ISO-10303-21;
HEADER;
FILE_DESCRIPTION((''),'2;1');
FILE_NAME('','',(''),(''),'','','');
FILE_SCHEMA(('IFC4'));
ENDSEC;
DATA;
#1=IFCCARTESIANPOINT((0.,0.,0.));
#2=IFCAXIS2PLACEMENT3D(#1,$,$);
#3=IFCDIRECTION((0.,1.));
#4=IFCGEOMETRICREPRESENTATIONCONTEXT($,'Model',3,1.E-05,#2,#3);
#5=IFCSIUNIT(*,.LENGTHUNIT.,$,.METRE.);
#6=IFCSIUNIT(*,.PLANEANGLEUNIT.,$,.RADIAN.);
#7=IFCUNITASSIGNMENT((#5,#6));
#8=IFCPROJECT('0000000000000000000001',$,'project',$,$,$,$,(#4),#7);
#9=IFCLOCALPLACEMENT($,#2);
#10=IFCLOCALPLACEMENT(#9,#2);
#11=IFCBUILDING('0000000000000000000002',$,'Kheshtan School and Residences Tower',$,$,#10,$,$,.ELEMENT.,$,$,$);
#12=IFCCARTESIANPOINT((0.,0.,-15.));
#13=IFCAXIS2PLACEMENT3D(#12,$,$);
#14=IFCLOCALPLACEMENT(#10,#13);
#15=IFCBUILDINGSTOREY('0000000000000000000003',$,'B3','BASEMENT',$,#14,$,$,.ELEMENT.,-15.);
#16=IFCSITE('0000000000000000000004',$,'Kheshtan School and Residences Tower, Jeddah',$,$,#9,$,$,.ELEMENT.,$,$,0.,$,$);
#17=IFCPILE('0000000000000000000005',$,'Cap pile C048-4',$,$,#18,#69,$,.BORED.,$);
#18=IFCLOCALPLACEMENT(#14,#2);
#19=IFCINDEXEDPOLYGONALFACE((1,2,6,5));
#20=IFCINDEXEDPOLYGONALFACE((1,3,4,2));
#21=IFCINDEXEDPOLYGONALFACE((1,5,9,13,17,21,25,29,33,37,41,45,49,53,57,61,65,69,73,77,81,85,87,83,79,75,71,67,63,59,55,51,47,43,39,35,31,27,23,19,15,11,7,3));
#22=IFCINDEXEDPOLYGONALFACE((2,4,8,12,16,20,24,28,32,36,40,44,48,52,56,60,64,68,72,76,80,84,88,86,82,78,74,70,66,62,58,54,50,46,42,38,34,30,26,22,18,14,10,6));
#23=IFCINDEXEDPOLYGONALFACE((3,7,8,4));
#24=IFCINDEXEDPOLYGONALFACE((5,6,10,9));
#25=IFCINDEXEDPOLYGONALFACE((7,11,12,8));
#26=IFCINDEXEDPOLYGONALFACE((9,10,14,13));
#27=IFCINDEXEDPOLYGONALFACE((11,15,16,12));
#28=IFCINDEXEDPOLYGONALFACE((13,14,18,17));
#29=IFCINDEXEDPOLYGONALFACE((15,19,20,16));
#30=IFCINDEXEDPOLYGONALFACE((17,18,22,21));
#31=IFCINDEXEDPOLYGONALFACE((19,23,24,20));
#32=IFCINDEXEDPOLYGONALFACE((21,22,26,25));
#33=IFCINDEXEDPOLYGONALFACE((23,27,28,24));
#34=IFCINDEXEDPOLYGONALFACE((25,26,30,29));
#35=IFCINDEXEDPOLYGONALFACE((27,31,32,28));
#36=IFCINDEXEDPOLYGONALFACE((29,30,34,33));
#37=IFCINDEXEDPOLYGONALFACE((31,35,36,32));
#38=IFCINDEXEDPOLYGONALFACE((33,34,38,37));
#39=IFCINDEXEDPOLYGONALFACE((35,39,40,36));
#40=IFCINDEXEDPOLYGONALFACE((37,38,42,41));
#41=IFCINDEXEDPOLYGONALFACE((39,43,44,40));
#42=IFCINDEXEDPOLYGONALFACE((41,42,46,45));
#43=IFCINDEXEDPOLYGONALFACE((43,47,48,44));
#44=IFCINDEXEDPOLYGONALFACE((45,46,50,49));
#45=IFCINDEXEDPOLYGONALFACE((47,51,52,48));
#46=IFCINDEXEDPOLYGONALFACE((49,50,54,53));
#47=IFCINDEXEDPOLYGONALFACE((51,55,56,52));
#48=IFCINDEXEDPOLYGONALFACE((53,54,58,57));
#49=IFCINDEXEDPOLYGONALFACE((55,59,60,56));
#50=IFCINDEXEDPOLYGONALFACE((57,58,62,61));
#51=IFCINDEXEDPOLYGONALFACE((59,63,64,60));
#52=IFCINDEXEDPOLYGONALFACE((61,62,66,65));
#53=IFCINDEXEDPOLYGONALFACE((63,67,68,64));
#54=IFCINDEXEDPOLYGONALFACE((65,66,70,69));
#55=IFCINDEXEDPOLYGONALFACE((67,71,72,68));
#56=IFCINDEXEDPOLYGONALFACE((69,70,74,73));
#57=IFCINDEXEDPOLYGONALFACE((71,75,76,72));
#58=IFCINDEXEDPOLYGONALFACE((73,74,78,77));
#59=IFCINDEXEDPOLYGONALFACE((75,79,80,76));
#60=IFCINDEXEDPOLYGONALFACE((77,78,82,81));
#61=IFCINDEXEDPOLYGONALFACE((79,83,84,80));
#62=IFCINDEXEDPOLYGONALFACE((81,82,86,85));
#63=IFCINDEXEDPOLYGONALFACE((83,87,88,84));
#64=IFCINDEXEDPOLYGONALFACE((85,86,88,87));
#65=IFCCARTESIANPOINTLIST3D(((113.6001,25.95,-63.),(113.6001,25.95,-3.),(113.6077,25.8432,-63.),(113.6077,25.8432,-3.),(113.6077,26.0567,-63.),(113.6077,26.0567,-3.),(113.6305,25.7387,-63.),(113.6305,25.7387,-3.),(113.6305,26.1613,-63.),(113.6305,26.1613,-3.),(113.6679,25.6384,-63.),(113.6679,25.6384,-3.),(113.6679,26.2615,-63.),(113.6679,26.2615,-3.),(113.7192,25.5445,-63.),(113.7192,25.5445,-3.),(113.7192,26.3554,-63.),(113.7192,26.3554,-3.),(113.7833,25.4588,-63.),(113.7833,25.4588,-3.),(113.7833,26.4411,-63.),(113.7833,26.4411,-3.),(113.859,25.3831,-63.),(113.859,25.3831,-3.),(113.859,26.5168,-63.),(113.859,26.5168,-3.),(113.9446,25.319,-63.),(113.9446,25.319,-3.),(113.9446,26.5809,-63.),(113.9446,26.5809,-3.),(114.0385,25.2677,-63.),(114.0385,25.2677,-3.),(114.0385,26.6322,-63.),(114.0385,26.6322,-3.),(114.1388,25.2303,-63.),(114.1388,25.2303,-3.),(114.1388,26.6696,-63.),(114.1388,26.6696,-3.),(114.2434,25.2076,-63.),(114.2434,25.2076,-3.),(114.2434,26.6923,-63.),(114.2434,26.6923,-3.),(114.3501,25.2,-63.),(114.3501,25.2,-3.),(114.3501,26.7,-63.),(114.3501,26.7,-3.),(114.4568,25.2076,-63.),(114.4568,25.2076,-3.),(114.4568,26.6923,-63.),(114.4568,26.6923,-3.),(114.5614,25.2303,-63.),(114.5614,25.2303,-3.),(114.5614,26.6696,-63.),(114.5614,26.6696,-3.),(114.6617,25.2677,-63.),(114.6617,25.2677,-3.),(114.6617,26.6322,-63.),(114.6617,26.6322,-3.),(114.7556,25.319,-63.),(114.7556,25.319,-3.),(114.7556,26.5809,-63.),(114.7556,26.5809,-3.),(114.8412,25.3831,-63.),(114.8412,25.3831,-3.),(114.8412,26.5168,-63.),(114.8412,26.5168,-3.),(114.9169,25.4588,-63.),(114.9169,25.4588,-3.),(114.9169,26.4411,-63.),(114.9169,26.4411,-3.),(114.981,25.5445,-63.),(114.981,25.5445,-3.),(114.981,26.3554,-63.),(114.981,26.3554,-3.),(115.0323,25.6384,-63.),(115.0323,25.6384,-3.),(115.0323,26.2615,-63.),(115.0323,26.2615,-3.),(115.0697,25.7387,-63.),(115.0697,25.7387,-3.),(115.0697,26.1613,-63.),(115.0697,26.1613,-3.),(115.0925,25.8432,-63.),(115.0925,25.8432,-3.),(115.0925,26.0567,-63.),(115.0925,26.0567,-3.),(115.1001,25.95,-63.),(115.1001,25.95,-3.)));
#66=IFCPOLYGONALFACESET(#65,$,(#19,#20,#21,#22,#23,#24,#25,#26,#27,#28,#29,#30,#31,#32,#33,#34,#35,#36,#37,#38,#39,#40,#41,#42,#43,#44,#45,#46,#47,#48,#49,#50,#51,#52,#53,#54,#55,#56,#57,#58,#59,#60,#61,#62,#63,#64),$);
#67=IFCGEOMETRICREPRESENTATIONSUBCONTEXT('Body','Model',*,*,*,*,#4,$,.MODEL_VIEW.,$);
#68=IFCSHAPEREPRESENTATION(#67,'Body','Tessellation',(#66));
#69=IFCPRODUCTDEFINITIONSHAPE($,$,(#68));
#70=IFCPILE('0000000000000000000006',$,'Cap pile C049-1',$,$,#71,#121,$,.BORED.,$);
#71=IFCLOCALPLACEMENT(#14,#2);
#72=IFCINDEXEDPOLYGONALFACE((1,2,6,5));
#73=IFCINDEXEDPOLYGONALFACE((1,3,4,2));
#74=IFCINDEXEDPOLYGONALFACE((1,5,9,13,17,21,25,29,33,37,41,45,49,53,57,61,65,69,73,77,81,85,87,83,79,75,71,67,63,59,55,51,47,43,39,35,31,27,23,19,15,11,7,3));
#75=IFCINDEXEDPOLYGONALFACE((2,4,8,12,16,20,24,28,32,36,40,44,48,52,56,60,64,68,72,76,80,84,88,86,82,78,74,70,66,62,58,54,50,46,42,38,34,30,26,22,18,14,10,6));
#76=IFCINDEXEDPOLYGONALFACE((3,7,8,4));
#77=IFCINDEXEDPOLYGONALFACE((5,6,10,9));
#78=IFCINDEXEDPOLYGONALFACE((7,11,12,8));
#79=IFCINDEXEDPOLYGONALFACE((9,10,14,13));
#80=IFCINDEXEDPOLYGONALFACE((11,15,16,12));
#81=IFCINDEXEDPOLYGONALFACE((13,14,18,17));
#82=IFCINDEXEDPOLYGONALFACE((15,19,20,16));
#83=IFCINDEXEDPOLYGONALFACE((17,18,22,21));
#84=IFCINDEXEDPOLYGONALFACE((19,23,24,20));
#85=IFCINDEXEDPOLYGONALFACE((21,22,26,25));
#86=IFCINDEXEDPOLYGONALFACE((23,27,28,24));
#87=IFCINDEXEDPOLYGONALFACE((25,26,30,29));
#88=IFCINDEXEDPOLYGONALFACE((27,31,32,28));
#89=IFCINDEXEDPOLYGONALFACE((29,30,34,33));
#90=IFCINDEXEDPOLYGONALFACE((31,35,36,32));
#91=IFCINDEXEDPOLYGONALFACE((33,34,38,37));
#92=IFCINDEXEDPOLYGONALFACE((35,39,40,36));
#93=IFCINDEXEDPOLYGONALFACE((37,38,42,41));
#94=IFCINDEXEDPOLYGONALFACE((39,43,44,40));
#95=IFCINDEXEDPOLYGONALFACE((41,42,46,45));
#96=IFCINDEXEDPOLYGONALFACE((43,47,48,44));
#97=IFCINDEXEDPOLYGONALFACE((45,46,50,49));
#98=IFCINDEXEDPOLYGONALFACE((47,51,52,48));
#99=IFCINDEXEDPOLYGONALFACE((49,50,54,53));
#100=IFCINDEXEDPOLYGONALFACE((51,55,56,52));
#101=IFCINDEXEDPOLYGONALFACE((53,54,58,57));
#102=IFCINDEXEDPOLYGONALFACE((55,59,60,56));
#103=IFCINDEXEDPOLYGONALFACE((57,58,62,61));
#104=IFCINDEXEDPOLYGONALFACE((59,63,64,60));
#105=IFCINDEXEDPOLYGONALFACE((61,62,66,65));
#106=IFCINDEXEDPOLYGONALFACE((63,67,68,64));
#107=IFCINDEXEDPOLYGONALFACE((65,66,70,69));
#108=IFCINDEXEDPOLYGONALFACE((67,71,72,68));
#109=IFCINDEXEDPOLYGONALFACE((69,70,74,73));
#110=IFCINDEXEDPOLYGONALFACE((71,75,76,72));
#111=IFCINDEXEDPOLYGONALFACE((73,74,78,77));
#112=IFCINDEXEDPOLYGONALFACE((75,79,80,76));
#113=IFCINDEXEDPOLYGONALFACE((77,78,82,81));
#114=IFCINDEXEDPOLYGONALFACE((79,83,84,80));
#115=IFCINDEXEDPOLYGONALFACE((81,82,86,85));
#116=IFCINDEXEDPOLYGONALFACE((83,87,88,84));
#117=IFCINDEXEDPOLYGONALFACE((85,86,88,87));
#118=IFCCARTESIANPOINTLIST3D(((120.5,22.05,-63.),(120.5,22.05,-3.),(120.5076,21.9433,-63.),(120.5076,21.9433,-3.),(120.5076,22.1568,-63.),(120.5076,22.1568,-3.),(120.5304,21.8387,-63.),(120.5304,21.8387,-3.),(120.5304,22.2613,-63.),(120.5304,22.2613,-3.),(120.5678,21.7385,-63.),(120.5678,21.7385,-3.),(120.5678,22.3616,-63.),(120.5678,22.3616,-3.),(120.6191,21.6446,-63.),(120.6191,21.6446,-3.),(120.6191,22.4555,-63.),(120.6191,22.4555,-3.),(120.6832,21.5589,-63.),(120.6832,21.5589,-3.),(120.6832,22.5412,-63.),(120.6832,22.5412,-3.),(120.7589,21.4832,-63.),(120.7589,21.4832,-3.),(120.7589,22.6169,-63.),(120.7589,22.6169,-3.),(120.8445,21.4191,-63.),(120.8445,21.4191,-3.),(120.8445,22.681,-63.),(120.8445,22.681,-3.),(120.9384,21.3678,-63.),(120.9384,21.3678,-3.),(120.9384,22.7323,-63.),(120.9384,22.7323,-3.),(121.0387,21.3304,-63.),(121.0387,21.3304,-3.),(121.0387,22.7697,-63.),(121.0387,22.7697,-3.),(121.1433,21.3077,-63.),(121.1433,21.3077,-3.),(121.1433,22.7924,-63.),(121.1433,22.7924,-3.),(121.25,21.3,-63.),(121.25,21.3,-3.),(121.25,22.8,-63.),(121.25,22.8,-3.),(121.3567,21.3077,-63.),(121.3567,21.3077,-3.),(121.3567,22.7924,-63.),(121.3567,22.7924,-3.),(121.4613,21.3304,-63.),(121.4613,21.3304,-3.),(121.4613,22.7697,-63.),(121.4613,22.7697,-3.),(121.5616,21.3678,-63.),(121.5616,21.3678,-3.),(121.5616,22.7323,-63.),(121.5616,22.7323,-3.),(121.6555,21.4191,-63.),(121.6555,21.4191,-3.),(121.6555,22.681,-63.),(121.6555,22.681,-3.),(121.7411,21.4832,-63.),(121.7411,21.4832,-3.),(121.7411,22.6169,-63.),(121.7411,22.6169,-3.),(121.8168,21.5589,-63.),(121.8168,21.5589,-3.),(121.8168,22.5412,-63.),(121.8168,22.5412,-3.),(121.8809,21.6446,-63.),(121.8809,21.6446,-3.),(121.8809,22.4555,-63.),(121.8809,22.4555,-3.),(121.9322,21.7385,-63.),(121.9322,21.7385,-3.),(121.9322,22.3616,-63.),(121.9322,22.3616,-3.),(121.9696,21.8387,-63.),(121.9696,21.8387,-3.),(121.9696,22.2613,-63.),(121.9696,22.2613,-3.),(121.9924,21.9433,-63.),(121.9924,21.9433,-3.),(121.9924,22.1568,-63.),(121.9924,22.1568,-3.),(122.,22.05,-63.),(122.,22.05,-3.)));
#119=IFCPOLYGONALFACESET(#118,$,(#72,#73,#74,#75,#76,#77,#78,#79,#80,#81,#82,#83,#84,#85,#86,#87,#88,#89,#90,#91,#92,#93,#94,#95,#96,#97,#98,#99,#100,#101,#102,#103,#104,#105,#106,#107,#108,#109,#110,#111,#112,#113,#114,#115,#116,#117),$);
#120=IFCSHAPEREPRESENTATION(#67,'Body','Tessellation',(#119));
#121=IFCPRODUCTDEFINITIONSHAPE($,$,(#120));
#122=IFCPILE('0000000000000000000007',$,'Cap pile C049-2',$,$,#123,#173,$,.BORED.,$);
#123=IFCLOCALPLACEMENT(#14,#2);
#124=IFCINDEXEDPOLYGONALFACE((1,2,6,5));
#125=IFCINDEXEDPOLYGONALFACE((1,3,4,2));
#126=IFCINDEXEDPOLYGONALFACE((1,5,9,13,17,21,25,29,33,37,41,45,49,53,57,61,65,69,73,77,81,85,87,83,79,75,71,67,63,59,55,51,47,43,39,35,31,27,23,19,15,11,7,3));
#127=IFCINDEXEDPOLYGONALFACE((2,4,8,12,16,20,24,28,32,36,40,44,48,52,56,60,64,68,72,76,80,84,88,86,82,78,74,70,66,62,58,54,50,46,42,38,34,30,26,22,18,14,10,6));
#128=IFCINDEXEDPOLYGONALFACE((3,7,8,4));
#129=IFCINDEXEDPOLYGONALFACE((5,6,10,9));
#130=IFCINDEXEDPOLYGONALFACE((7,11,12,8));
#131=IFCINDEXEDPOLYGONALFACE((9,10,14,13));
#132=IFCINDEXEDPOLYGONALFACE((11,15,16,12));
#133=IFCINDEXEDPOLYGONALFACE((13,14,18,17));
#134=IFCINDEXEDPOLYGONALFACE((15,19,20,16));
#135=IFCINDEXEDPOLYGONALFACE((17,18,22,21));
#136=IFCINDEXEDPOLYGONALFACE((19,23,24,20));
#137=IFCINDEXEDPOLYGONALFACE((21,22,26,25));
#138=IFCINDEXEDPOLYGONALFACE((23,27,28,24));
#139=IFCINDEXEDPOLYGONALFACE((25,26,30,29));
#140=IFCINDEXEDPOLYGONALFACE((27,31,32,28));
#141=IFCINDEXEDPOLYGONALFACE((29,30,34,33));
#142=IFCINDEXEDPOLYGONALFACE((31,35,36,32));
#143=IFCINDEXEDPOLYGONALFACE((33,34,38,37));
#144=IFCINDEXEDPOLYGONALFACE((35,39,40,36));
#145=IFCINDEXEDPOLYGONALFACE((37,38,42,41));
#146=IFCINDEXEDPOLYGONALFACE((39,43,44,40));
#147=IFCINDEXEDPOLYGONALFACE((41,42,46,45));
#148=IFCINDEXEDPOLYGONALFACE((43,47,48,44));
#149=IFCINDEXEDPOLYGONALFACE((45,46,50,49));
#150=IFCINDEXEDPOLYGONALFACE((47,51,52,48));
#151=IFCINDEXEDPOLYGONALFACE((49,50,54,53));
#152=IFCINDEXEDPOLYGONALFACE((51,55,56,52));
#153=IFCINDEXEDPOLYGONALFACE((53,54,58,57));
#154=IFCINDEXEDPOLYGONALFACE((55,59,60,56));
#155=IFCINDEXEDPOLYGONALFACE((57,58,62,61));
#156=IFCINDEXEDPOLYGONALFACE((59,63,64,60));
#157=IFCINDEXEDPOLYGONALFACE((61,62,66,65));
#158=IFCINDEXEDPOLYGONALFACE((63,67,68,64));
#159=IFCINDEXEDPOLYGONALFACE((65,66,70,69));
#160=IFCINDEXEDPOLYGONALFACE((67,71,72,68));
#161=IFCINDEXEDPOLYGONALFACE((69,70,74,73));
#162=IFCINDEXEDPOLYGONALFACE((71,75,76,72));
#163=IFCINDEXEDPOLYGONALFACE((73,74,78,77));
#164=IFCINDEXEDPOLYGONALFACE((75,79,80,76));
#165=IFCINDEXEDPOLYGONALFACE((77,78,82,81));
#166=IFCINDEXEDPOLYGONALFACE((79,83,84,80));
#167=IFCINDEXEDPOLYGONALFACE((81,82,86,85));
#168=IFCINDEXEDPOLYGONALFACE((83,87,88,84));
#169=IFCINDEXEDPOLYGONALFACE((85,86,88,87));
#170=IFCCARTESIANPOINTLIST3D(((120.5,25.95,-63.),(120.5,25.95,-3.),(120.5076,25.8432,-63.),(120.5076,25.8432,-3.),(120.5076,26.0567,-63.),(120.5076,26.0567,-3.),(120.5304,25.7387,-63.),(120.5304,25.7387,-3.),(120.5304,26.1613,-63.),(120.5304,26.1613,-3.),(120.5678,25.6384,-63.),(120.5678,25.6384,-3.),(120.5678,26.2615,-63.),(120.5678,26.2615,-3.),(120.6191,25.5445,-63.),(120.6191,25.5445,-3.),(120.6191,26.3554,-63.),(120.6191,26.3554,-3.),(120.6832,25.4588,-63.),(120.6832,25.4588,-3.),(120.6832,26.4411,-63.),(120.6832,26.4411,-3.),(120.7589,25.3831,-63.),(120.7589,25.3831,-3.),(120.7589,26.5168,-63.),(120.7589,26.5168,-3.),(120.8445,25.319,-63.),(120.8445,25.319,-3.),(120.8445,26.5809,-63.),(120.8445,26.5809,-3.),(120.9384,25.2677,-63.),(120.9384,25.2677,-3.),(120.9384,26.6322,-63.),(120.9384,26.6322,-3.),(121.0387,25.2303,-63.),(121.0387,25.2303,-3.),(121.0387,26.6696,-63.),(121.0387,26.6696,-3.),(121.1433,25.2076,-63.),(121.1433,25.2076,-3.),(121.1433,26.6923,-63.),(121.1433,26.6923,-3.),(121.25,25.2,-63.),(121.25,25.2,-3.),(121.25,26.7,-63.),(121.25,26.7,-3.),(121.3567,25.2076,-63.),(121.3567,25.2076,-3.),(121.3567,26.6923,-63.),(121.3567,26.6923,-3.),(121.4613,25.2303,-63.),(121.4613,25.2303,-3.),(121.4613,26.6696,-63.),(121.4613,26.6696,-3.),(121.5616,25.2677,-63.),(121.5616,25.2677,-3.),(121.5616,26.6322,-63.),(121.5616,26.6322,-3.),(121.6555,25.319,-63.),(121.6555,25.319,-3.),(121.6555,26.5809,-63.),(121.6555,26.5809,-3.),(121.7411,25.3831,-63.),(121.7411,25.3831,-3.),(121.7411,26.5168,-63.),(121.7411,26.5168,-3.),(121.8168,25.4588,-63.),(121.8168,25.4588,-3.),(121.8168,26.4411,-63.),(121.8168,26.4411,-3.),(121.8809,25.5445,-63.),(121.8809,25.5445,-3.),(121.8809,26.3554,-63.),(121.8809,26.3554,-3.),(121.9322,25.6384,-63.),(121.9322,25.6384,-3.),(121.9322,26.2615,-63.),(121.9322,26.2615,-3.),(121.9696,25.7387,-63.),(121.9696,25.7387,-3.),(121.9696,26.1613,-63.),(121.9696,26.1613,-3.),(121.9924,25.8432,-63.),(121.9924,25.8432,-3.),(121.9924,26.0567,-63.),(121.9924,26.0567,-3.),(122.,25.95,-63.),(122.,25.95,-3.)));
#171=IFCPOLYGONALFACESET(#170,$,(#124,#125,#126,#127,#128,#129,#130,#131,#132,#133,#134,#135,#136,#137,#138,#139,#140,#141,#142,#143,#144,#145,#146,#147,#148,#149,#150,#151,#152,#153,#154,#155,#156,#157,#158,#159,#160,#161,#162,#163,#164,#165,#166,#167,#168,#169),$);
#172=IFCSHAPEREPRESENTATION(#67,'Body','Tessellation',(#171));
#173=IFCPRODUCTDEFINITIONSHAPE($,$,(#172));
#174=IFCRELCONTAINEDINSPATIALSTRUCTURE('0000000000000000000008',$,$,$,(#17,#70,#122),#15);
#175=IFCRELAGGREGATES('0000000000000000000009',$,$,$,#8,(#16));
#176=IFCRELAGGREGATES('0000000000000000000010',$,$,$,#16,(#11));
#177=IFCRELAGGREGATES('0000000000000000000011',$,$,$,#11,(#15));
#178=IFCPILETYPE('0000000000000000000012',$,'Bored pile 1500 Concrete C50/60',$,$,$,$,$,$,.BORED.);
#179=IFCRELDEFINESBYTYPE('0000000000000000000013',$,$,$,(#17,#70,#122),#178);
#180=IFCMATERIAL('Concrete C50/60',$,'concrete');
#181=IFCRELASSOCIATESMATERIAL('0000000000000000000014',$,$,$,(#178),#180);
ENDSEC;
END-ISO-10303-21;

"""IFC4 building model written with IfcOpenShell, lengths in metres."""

from ifc_helpers import new_model, si_unit, direction, frame, origin, origin_2d, place, context, subcontext, project, spatial, circle, extrude, material, material_profile, profile_set, type_object, element, save


model = new_model("IFC4")

# Units and contexts
model_context = context("Model", 3, precision=1e-05, world=origin(), true_north=direction((0.0, 1.0)))
body_context = subcontext(model_context, "Body", "Model", "MODEL_VIEW")
ifc_project = project(units=[si_unit("LENGTHUNIT", "METRE"), si_unit("PLANEANGLEUNIT", "RADIAN")], contexts=[model_context])

# Site, building, storey
site_placement = place(None, origin())
site = spatial("IfcSite", under=ifc_project, at=site_placement, Name="Kheshtan School and Residences Tower, Jeddah", CompositionType="ELEMENT", RefElevation=0.0)
building_placement = place(site_placement, origin())
building = spatial("IfcBuilding", under=site, at=building_placement, Name="Kheshtan School and Residences Tower", CompositionType="ELEMENT")
storey_placement = place(building_placement, frame((0.0, 0.0, -15.0)))
storey = spatial("IfcBuildingStorey", under=building, at=storey_placement, Name="B3", Description="BASEMENT", CompositionType="ELEMENT", Elevation=-15.0)

# Piles
ifc_material_1 = material(Name="Concrete C50/60", Category="concrete")
ifc_material_profile_1 = material_profile(ifc_material_1, circle(Radius=0.75, at=origin_2d()), Name="BP 1500")
ifc_profile_set_1 = profile_set([ifc_material_profile_1], Name="Concrete C50/60")
pile_type_1 = type_object("IfcPileType", Name="Bored pile 1500 Concrete C50/60", PredefinedType="BORED", material=ifc_profile_set_1)
for number, where, z_axis, x_axis, name in (
    (1, (114.3501, 25.95, -3.0), (0.0, 0.0, -1.0), (1.0, 0.0, 0.0), "Cap pile C048-4"),
    (2, (121.25, 22.05, -3.0), (0.0, 0.0, -1.0), (1.0, 0.0, 0.0), "Cap pile C049-1"),
    (3, (121.25, 25.95, -3.0), (0.0, 0.0, -1.0), (1.0, 0.0, 0.0), "Cap pile C049-2"),
):
    element("IfcPile", number, at=place(storey_placement, frame(where, z_axis=z_axis, x_axis=x_axis)), inside=storey, type_object=pile_type_1, Name=name, PredefinedType="BORED", context=body_context, shape_type="SweptSolid", body=[
        extrude(circle(Radius=0.75, at=origin_2d()), origin(), (0.0, 0.0, 1.0), 60.0),
    ])

save(model, "model.ifc")
